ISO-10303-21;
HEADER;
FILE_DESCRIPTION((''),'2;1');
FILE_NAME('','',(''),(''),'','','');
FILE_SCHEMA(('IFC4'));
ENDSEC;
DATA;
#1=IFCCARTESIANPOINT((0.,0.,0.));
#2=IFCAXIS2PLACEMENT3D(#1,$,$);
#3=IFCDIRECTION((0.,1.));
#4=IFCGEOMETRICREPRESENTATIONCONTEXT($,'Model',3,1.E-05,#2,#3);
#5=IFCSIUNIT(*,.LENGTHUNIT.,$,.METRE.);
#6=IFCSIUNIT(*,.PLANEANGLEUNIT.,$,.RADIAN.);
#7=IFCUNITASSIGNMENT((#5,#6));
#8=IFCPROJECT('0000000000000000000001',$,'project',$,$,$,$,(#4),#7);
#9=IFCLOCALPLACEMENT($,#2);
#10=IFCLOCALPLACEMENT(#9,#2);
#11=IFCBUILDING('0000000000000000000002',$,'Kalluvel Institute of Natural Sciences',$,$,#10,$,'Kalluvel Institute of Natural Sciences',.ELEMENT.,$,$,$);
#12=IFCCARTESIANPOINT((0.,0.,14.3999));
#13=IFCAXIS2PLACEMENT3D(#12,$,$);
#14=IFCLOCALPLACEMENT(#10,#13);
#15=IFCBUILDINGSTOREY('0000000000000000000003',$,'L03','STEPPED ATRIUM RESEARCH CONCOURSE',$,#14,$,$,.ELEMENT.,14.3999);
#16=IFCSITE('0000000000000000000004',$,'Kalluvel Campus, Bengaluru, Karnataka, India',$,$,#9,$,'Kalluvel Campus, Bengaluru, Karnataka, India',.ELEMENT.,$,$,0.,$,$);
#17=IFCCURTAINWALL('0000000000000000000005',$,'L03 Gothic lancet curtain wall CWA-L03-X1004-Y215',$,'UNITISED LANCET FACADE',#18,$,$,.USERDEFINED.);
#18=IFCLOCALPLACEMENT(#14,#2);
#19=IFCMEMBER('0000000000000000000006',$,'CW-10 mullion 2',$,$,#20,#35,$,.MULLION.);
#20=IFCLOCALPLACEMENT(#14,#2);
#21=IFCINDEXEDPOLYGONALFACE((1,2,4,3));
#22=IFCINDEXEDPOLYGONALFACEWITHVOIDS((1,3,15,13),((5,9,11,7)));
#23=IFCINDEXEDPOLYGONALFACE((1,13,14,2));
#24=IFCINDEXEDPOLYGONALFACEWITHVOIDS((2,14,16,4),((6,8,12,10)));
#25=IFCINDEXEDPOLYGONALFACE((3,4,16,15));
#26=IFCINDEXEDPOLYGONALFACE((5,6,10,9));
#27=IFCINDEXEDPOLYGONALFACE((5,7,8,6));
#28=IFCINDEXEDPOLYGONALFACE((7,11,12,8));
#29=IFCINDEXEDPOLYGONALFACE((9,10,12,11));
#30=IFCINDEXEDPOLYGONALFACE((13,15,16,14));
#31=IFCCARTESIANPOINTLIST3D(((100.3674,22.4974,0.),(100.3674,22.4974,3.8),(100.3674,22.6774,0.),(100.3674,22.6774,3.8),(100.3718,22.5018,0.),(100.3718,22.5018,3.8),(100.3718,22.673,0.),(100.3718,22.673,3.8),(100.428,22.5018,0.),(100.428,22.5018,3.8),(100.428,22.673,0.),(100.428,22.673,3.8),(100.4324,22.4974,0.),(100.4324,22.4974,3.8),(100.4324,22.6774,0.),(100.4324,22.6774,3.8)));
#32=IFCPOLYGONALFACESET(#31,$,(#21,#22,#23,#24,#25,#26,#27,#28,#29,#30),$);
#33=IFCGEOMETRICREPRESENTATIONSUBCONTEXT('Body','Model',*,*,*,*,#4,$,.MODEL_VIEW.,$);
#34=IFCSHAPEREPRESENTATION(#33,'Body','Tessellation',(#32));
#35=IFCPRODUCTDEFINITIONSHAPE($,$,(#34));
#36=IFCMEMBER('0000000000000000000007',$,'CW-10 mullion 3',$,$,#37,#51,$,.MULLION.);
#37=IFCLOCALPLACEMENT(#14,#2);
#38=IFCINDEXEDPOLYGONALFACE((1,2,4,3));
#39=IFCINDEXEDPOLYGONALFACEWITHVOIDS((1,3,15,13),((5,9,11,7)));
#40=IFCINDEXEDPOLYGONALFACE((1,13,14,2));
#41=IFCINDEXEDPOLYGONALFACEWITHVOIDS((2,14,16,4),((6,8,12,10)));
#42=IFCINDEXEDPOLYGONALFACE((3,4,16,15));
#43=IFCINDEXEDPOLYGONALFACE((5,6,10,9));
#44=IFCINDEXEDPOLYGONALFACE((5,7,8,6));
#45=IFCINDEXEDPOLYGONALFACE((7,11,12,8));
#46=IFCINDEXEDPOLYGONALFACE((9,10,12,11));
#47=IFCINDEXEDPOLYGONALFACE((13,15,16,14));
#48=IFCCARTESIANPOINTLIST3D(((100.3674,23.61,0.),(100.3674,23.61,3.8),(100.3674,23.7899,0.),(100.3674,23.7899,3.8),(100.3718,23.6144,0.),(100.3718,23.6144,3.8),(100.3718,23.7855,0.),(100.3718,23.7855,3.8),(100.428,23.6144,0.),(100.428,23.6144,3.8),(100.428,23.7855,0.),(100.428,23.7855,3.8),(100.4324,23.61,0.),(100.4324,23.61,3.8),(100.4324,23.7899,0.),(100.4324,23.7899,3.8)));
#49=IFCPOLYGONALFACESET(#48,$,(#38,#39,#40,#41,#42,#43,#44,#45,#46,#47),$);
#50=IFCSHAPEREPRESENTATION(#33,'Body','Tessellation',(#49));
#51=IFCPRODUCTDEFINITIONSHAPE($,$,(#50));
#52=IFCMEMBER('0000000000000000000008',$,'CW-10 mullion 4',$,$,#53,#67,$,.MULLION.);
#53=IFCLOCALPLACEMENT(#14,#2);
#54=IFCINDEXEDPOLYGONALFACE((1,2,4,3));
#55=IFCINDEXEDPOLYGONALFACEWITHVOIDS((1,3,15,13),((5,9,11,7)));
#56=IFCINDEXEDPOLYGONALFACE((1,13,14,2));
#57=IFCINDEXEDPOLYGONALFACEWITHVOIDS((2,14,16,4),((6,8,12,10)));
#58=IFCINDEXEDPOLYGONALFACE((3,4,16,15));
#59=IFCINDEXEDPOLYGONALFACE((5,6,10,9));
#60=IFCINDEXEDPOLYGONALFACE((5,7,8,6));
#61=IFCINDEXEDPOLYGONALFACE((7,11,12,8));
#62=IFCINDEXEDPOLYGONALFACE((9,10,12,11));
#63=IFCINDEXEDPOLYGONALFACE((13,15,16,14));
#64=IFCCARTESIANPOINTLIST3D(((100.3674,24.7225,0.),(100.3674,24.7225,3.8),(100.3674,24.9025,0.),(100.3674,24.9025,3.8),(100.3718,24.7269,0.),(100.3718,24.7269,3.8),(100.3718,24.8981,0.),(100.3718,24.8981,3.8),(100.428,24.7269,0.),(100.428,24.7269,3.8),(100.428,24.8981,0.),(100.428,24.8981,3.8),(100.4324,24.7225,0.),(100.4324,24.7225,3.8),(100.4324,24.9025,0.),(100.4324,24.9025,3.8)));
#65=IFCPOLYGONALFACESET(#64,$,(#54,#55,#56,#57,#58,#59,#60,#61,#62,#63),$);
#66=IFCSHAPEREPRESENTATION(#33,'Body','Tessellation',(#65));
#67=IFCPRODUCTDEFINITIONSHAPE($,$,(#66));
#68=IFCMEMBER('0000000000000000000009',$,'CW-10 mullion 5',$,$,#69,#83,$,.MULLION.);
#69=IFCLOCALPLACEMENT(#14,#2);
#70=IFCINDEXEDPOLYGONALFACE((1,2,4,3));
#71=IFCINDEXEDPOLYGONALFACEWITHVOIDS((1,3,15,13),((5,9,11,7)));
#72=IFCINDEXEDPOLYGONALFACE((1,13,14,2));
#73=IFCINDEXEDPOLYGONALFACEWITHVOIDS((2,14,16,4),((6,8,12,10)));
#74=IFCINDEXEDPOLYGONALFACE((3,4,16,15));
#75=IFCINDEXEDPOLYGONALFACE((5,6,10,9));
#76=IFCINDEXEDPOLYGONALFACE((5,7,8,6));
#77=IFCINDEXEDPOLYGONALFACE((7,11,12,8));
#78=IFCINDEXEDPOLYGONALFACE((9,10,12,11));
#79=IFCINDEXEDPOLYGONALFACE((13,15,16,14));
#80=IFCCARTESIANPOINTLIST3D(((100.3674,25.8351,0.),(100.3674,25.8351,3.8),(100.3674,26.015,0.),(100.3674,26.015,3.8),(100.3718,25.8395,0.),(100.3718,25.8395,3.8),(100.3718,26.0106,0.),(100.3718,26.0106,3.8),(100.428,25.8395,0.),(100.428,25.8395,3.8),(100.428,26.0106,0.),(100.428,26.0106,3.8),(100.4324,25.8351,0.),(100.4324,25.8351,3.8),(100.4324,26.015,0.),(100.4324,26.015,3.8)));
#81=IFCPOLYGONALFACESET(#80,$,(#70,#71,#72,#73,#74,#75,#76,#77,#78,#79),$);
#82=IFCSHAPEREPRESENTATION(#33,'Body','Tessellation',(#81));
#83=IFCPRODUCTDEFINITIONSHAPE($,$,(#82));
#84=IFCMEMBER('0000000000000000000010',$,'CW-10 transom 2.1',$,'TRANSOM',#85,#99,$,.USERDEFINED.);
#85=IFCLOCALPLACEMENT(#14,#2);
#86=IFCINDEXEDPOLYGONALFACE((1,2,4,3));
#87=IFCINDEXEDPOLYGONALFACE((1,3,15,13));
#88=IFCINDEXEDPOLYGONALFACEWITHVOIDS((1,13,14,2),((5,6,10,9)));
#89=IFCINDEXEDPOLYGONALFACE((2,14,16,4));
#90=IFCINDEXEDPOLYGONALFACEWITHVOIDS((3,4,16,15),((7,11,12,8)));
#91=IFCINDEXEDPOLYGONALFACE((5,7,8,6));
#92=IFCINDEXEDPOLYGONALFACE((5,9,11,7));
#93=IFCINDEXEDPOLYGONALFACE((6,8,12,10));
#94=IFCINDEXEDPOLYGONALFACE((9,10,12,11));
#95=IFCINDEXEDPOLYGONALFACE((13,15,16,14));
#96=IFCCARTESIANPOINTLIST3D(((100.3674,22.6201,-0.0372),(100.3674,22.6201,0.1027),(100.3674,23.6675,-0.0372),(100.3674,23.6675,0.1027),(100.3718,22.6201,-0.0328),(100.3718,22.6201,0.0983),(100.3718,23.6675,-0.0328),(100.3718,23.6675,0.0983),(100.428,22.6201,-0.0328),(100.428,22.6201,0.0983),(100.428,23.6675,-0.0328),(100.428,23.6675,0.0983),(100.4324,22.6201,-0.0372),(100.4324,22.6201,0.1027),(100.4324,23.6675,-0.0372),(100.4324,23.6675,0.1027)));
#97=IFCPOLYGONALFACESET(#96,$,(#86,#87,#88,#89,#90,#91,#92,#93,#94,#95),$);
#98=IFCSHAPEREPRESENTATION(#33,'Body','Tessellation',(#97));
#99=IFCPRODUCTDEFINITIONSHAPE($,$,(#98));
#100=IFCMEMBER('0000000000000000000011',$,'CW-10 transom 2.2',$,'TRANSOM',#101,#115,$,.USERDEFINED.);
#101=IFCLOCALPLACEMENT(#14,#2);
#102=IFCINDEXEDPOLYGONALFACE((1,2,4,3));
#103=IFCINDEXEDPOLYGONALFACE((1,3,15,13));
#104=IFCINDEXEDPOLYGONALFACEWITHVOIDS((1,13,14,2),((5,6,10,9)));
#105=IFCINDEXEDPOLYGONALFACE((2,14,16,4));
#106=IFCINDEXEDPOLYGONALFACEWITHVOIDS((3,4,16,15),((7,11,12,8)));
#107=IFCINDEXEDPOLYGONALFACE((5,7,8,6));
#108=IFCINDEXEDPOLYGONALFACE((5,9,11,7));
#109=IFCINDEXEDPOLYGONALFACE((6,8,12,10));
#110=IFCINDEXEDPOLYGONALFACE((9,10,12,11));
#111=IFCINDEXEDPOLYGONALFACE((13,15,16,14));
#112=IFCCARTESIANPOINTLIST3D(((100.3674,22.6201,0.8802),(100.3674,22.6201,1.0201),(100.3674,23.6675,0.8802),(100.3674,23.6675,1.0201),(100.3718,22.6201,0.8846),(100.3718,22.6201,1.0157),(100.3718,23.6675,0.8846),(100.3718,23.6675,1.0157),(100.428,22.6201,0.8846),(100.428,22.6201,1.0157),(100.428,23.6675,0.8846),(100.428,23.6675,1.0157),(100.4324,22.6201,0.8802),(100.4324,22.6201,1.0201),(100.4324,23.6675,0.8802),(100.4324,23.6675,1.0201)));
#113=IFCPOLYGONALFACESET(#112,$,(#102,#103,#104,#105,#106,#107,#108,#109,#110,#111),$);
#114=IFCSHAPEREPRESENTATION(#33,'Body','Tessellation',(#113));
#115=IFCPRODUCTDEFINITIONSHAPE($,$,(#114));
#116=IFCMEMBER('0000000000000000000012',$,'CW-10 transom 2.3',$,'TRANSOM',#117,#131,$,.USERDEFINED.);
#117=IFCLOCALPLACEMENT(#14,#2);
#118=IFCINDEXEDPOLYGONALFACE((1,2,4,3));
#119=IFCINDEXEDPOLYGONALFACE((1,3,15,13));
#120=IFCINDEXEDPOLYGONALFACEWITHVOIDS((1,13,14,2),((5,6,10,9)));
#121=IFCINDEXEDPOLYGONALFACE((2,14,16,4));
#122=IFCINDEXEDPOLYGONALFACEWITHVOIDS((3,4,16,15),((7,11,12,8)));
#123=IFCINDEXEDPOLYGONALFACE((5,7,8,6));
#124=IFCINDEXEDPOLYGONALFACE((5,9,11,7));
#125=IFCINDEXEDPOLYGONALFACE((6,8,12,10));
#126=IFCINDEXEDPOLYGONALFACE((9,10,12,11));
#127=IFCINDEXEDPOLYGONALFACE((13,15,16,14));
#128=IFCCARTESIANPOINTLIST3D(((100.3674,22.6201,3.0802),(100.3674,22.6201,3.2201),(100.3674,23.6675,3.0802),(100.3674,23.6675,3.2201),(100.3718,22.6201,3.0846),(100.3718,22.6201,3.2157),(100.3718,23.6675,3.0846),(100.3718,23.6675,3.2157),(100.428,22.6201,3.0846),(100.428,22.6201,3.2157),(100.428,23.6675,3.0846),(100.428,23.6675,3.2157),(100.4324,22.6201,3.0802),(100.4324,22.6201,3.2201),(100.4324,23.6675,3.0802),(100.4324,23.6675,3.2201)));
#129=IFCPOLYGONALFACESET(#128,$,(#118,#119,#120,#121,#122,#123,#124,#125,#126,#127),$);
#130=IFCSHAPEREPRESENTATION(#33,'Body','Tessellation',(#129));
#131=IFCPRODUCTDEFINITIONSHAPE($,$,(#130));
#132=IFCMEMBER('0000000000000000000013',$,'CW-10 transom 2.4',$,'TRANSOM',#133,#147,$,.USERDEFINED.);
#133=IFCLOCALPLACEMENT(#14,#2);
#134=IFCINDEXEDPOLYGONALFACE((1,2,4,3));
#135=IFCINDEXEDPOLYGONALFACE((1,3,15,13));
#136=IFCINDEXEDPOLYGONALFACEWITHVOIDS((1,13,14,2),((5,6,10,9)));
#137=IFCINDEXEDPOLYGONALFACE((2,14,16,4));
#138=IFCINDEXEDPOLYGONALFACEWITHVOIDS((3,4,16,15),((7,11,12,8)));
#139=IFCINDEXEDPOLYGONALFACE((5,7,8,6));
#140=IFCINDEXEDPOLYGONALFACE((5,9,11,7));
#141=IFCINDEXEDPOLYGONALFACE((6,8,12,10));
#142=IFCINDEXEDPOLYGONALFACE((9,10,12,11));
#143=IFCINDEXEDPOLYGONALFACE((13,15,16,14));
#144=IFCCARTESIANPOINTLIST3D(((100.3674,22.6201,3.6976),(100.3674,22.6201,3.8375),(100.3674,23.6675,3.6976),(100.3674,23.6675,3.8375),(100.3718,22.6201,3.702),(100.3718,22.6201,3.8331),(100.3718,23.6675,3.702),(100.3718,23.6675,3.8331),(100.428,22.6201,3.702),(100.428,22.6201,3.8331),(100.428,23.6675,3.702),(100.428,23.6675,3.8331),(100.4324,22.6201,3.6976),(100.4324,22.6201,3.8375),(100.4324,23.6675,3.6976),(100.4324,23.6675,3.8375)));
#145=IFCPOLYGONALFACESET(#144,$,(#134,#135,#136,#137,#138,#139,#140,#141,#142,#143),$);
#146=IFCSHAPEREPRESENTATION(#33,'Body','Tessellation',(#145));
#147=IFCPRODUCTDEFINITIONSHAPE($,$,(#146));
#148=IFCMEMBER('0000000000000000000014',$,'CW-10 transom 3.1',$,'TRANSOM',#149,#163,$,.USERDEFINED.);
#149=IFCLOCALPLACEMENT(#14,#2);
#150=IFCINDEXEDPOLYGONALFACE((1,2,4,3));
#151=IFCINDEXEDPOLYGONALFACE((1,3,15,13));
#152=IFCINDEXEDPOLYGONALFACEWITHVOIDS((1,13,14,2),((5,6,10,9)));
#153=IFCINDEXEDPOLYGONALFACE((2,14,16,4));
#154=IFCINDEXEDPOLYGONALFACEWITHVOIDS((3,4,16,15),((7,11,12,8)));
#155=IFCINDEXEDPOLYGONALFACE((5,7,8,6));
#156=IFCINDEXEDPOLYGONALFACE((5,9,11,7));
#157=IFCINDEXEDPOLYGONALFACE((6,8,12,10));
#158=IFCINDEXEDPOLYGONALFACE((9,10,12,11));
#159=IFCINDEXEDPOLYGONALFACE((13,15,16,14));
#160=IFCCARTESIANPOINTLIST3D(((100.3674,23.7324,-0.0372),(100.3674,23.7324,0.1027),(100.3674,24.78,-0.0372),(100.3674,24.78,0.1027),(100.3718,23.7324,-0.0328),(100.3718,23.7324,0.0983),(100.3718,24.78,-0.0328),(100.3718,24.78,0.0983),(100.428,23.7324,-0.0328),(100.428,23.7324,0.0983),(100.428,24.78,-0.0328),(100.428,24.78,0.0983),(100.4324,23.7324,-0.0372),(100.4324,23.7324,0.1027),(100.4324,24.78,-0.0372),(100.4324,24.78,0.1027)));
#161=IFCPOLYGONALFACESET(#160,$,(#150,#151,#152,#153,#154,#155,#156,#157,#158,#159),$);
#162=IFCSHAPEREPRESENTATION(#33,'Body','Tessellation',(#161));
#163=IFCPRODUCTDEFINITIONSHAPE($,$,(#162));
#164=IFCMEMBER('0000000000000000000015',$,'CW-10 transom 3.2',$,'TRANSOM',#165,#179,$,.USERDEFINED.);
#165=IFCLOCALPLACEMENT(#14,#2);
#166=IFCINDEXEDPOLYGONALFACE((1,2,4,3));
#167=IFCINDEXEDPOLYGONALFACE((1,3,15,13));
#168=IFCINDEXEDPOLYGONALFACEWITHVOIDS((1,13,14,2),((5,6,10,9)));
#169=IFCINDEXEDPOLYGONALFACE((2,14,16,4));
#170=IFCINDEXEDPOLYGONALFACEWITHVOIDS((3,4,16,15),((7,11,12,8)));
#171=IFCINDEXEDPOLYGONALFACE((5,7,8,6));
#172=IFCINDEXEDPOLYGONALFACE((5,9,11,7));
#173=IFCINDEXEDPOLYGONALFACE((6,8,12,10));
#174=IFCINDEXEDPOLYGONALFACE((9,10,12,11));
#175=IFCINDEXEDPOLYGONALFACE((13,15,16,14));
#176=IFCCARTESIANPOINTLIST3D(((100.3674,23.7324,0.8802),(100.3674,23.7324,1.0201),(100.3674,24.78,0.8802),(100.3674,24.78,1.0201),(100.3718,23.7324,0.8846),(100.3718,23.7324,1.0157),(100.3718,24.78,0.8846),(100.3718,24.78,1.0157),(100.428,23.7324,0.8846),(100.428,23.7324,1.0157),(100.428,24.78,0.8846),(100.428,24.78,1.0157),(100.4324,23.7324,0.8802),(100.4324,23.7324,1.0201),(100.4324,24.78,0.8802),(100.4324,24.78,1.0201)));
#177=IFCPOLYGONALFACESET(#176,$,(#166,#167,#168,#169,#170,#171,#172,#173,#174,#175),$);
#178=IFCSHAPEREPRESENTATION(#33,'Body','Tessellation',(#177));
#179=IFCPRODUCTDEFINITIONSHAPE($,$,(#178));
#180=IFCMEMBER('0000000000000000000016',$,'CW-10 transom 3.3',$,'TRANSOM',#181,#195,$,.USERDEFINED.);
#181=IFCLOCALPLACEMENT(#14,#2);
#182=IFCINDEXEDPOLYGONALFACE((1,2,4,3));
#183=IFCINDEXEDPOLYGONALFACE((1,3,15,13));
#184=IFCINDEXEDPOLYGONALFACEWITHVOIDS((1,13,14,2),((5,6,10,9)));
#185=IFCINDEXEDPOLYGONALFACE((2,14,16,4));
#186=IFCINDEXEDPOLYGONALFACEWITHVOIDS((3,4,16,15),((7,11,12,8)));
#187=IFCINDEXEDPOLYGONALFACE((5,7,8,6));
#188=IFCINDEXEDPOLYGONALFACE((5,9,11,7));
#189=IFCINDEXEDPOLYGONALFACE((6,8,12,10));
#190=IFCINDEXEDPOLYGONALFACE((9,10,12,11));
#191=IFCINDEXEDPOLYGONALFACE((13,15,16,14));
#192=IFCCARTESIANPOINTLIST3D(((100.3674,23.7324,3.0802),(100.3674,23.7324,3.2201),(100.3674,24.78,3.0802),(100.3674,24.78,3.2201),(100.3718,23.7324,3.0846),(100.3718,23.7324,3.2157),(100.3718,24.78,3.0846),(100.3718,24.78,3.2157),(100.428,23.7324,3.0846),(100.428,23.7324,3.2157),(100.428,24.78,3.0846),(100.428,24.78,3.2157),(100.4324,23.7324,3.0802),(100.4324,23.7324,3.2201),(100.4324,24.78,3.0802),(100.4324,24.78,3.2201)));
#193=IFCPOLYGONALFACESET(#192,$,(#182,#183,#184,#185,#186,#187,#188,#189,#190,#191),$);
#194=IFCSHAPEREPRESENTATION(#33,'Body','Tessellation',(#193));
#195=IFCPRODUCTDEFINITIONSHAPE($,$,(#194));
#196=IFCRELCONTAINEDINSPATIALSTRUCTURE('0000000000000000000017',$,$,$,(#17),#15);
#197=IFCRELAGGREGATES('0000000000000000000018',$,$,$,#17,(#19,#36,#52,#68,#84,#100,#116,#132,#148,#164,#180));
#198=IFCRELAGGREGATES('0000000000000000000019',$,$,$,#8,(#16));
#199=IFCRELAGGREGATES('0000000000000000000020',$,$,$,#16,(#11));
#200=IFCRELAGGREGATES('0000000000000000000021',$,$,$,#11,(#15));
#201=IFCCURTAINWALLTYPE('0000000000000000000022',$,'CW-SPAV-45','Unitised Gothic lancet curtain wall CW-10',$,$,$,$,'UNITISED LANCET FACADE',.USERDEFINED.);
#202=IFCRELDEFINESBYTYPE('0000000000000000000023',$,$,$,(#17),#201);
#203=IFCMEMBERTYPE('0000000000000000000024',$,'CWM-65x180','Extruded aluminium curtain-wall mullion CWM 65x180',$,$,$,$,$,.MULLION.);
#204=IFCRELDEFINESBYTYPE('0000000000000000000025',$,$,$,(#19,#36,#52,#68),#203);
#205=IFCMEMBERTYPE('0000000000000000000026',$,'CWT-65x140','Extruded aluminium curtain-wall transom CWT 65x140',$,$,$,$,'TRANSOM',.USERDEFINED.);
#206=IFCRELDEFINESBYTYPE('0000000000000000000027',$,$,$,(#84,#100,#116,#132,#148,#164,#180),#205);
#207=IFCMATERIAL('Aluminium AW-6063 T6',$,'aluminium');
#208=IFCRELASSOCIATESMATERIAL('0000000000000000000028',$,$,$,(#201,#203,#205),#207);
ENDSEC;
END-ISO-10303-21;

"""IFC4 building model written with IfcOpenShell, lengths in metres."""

from ifc_helpers import new_model, si_unit, direction, frame, origin, origin_2d, place, context, subcontext, project, spatial, hollow_rectangle, extrude, material, material_profile, profile_set, type_object, element, aggregate, save


model = new_model("IFC4")

# Units and contexts
model_context = context("Model", 3, precision=1e-05, world=origin(), true_north=direction((0.0, 1.0)))
body_context = subcontext(model_context, "Body", "Model", "MODEL_VIEW")
ifc_project = project(units=[si_unit("LENGTHUNIT", "METRE"), si_unit("PLANEANGLEUNIT", "RADIAN")], contexts=[model_context])

# Site, building, storey
site_placement = place(None, origin())
site = spatial("IfcSite", under=ifc_project, at=site_placement, Name="Kalluvel Campus, Bengaluru, Karnataka, India", LongName="Kalluvel Campus, Bengaluru, Karnataka, India", CompositionType="ELEMENT", RefElevation=0.0)
building_placement = place(site_placement, origin())
building = spatial("IfcBuilding", under=site, at=building_placement, Name="Kalluvel Institute of Natural Sciences", LongName="Kalluvel Institute of Natural Sciences", CompositionType="ELEMENT")
storey_placement = place(building_placement, frame((0.0, 0.0, 14.3999)))
storey = spatial("IfcBuildingStorey", under=building, at=storey_placement, Name="L03", Description="STEPPED ATRIUM RESEARCH CONCOURSE", CompositionType="ELEMENT", Elevation=14.3999)

# Curtain wall, members
ifc_material_1 = material(Name="Aluminium AW-6063 T6", Category="aluminium")
curtain_wall_type = type_object("IfcCurtainWallType", Name="CW-SPAV-45", Description="Unitised Gothic lancet curtain wall CW-10", ElementType="UNITISED LANCET FACADE", PredefinedType="USERDEFINED", material=ifc_material_1)
curtain_wall_placement = place(storey_placement, origin())
curtain_wall = element("IfcCurtainWall", 1, at=curtain_wall_placement, inside=storey, type_object=curtain_wall_type, Name="L03 Gothic lancet curtain wall CWA-L03-X1004-Y215", ObjectType="UNITISED LANCET FACADE", PredefinedType="USERDEFINED")
ifc_material_profile_1 = material_profile(ifc_material_1, hollow_rectangle(XDim=0.0649, YDim=0.1799, WallThickness=0.0044, at=origin_2d()), Name="CWM 65x180")
ifc_profile_set_1 = profile_set([ifc_material_profile_1], Name="Aluminium AW-6063 T6")
member_type_1 = type_object("IfcMemberType", Name="CWM-65x180", Description="Extruded aluminium curtain-wall mullion CWM 65x180", PredefinedType="MULLION", material=ifc_profile_set_1)
member_1_placement = place(storey_placement, frame((100.3999, 22.5874, 0.0), z_axis=(0.0, 0.0, 1.0), x_axis=(-1.0, 0.0, 0.0)))
member_1 = element("IfcMember", 2, at=member_1_placement, type_object=member_type_1, Name="CW-10 mullion 2", PredefinedType="MULLION", context=body_context, shape_type="SweptSolid", body=[
    extrude(hollow_rectangle(XDim=0.0649, YDim=0.1799, WallThickness=0.0044, at=origin_2d()), origin(), (0.0, 0.0, 1.0), 3.8),
])
member_2_placement = place(storey_placement, frame((100.3999, 23.7, 0.0), z_axis=(0.0, 0.0, 1.0), x_axis=(-1.0, 0.0, 0.0)))
member_2 = element("IfcMember", 3, at=member_2_placement, type_object=member_type_1, Name="CW-10 mullion 3", PredefinedType="MULLION", context=body_context, shape_type="SweptSolid", body=[
    extrude(hollow_rectangle(XDim=0.0649, YDim=0.1799, WallThickness=0.0044, at=origin_2d()), origin(), (0.0, 0.0, 1.0), 3.8),
])
member_3_placement = place(storey_placement, frame((100.3999, 24.8125, 0.0), z_axis=(0.0, 0.0, 1.0), x_axis=(-1.0, 0.0, 0.0)))
member_3 = element("IfcMember", 4, at=member_3_placement, type_object=member_type_1, Name="CW-10 mullion 4", PredefinedType="MULLION", context=body_context, shape_type="SweptSolid", body=[
    extrude(hollow_rectangle(XDim=0.0649, YDim=0.1799, WallThickness=0.0044, at=origin_2d()), origin(), (0.0, 0.0, 1.0), 3.8),
])
member_4_placement = place(storey_placement, frame((100.3999, 25.925, 0.0), z_axis=(0.0, 0.0, 1.0), x_axis=(-1.0, 0.0, 0.0)))
member_4 = element("IfcMember", 5, at=member_4_placement, type_object=member_type_1, Name="CW-10 mullion 5", PredefinedType="MULLION", context=body_context, shape_type="SweptSolid", body=[
    extrude(hollow_rectangle(XDim=0.0649, YDim=0.1799, WallThickness=0.0044, at=origin_2d()), origin(), (0.0, 0.0, 1.0), 3.8),
])
ifc_material_profile_2 = material_profile(ifc_material_1, hollow_rectangle(XDim=0.0649, YDim=0.1399, WallThickness=0.0044, at=origin_2d()), Name="CWT 65x140")
ifc_profile_set_2 = profile_set([ifc_material_profile_2], Name="Aluminium AW-6063 T6")
member_type_2 = type_object("IfcMemberType", Name="CWT-65x140", Description="Extruded aluminium curtain-wall transom CWT 65x140", ElementType="TRANSOM", PredefinedType="USERDEFINED", material=ifc_profile_set_2)
member_5_placement = place(storey_placement, frame((100.3999, 22.6201, 0.0327), z_axis=(0.0, 1.0, 0.0), x_axis=(-1.0, 0.0, 0.0)))
member_5 = element("IfcMember", 6, at=member_5_placement, type_object=member_type_2, Name="CW-10 transom 2.1", ObjectType="TRANSOM", PredefinedType="USERDEFINED", context=body_context, shape_type="SweptSolid", body=[
    extrude(hollow_rectangle(XDim=0.0649, YDim=0.1399, WallThickness=0.0044, at=origin_2d()), origin(), (0.0, 0.0, 1.0), 1.0474),
])
member_6_placement = place(storey_placement, frame((100.3999, 22.6201, 0.9502), z_axis=(0.0, 1.0, 0.0), x_axis=(-1.0, 0.0, 0.0)))
member_6 = element("IfcMember", 7, at=member_6_placement, type_object=member_type_2, Name="CW-10 transom 2.2", ObjectType="TRANSOM", PredefinedType="USERDEFINED", context=body_context, shape_type="SweptSolid", body=[
    extrude(hollow_rectangle(XDim=0.0649, YDim=0.1399, WallThickness=0.0044, at=origin_2d()), origin(), (0.0, 0.0, 1.0), 1.0474),
])
member_7_placement = place(storey_placement, frame((100.3999, 22.6201, 3.1501), z_axis=(0.0, 1.0, 0.0), x_axis=(-1.0, 0.0, 0.0)))
member_7 = element("IfcMember", 8, at=member_7_placement, type_object=member_type_2, Name="CW-10 transom 2.3", ObjectType="TRANSOM", PredefinedType="USERDEFINED", context=body_context, shape_type="SweptSolid", body=[
    extrude(hollow_rectangle(XDim=0.0649, YDim=0.1399, WallThickness=0.0044, at=origin_2d()), origin(), (0.0, 0.0, 1.0), 1.0474),
])
member_8_placement = place(storey_placement, frame((100.3999, 22.6201, 3.7676), z_axis=(0.0, 1.0, 0.0), x_axis=(-1.0, 0.0, 0.0)))
member_8 = element("IfcMember", 9, at=member_8_placement, type_object=member_type_2, Name="CW-10 transom 2.4", ObjectType="TRANSOM", PredefinedType="USERDEFINED", context=body_context, shape_type="SweptSolid", body=[
    extrude(hollow_rectangle(XDim=0.0649, YDim=0.1399, WallThickness=0.0044, at=origin_2d()), origin(), (0.0, 0.0, 1.0), 1.0474),
])
member_9_placement = place(storey_placement, frame((100.3999, 23.7324, 0.0327), z_axis=(0.0, 1.0, 0.0), x_axis=(-1.0, 0.0, 0.0)))
member_9 = element("IfcMember", 10, at=member_9_placement, type_object=member_type_2, Name="CW-10 transom 3.1", ObjectType="TRANSOM", PredefinedType="USERDEFINED", context=body_context, shape_type="SweptSolid", body=[
    extrude(hollow_rectangle(XDim=0.0649, YDim=0.1399, WallThickness=0.0044, at=origin_2d()), origin(), (0.0, 0.0, 1.0), 1.0476),
])
member_10_placement = place(storey_placement, frame((100.3999, 23.7324, 0.9502), z_axis=(0.0, 1.0, 0.0), x_axis=(-1.0, 0.0, 0.0)))
member_10 = element("IfcMember", 11, at=member_10_placement, type_object=member_type_2, Name="CW-10 transom 3.2", ObjectType="TRANSOM", PredefinedType="USERDEFINED", context=body_context, shape_type="SweptSolid", body=[
    extrude(hollow_rectangle(XDim=0.0649, YDim=0.1399, WallThickness=0.0044, at=origin_2d()), origin(), (0.0, 0.0, 1.0), 1.0476),
])
member_11_placement = place(storey_placement, frame((100.3999, 23.7324, 3.1501), z_axis=(0.0, 1.0, 0.0), x_axis=(-1.0, 0.0, 0.0)))
member_11 = element("IfcMember", 12, at=member_11_placement, type_object=member_type_2, Name="CW-10 transom 3.3", ObjectType="TRANSOM", PredefinedType="USERDEFINED", context=body_context, shape_type="SweptSolid", body=[
    extrude(hollow_rectangle(XDim=0.0649, YDim=0.1399, WallThickness=0.0044, at=origin_2d()), origin(), (0.0, 0.0, 1.0), 1.0476),
])
aggregate(curtain_wall, [member_1, member_2, member_3, member_4, member_5, member_6, member_7, member_8, member_9, member_10, member_11])

save(model, "model.ifc")
